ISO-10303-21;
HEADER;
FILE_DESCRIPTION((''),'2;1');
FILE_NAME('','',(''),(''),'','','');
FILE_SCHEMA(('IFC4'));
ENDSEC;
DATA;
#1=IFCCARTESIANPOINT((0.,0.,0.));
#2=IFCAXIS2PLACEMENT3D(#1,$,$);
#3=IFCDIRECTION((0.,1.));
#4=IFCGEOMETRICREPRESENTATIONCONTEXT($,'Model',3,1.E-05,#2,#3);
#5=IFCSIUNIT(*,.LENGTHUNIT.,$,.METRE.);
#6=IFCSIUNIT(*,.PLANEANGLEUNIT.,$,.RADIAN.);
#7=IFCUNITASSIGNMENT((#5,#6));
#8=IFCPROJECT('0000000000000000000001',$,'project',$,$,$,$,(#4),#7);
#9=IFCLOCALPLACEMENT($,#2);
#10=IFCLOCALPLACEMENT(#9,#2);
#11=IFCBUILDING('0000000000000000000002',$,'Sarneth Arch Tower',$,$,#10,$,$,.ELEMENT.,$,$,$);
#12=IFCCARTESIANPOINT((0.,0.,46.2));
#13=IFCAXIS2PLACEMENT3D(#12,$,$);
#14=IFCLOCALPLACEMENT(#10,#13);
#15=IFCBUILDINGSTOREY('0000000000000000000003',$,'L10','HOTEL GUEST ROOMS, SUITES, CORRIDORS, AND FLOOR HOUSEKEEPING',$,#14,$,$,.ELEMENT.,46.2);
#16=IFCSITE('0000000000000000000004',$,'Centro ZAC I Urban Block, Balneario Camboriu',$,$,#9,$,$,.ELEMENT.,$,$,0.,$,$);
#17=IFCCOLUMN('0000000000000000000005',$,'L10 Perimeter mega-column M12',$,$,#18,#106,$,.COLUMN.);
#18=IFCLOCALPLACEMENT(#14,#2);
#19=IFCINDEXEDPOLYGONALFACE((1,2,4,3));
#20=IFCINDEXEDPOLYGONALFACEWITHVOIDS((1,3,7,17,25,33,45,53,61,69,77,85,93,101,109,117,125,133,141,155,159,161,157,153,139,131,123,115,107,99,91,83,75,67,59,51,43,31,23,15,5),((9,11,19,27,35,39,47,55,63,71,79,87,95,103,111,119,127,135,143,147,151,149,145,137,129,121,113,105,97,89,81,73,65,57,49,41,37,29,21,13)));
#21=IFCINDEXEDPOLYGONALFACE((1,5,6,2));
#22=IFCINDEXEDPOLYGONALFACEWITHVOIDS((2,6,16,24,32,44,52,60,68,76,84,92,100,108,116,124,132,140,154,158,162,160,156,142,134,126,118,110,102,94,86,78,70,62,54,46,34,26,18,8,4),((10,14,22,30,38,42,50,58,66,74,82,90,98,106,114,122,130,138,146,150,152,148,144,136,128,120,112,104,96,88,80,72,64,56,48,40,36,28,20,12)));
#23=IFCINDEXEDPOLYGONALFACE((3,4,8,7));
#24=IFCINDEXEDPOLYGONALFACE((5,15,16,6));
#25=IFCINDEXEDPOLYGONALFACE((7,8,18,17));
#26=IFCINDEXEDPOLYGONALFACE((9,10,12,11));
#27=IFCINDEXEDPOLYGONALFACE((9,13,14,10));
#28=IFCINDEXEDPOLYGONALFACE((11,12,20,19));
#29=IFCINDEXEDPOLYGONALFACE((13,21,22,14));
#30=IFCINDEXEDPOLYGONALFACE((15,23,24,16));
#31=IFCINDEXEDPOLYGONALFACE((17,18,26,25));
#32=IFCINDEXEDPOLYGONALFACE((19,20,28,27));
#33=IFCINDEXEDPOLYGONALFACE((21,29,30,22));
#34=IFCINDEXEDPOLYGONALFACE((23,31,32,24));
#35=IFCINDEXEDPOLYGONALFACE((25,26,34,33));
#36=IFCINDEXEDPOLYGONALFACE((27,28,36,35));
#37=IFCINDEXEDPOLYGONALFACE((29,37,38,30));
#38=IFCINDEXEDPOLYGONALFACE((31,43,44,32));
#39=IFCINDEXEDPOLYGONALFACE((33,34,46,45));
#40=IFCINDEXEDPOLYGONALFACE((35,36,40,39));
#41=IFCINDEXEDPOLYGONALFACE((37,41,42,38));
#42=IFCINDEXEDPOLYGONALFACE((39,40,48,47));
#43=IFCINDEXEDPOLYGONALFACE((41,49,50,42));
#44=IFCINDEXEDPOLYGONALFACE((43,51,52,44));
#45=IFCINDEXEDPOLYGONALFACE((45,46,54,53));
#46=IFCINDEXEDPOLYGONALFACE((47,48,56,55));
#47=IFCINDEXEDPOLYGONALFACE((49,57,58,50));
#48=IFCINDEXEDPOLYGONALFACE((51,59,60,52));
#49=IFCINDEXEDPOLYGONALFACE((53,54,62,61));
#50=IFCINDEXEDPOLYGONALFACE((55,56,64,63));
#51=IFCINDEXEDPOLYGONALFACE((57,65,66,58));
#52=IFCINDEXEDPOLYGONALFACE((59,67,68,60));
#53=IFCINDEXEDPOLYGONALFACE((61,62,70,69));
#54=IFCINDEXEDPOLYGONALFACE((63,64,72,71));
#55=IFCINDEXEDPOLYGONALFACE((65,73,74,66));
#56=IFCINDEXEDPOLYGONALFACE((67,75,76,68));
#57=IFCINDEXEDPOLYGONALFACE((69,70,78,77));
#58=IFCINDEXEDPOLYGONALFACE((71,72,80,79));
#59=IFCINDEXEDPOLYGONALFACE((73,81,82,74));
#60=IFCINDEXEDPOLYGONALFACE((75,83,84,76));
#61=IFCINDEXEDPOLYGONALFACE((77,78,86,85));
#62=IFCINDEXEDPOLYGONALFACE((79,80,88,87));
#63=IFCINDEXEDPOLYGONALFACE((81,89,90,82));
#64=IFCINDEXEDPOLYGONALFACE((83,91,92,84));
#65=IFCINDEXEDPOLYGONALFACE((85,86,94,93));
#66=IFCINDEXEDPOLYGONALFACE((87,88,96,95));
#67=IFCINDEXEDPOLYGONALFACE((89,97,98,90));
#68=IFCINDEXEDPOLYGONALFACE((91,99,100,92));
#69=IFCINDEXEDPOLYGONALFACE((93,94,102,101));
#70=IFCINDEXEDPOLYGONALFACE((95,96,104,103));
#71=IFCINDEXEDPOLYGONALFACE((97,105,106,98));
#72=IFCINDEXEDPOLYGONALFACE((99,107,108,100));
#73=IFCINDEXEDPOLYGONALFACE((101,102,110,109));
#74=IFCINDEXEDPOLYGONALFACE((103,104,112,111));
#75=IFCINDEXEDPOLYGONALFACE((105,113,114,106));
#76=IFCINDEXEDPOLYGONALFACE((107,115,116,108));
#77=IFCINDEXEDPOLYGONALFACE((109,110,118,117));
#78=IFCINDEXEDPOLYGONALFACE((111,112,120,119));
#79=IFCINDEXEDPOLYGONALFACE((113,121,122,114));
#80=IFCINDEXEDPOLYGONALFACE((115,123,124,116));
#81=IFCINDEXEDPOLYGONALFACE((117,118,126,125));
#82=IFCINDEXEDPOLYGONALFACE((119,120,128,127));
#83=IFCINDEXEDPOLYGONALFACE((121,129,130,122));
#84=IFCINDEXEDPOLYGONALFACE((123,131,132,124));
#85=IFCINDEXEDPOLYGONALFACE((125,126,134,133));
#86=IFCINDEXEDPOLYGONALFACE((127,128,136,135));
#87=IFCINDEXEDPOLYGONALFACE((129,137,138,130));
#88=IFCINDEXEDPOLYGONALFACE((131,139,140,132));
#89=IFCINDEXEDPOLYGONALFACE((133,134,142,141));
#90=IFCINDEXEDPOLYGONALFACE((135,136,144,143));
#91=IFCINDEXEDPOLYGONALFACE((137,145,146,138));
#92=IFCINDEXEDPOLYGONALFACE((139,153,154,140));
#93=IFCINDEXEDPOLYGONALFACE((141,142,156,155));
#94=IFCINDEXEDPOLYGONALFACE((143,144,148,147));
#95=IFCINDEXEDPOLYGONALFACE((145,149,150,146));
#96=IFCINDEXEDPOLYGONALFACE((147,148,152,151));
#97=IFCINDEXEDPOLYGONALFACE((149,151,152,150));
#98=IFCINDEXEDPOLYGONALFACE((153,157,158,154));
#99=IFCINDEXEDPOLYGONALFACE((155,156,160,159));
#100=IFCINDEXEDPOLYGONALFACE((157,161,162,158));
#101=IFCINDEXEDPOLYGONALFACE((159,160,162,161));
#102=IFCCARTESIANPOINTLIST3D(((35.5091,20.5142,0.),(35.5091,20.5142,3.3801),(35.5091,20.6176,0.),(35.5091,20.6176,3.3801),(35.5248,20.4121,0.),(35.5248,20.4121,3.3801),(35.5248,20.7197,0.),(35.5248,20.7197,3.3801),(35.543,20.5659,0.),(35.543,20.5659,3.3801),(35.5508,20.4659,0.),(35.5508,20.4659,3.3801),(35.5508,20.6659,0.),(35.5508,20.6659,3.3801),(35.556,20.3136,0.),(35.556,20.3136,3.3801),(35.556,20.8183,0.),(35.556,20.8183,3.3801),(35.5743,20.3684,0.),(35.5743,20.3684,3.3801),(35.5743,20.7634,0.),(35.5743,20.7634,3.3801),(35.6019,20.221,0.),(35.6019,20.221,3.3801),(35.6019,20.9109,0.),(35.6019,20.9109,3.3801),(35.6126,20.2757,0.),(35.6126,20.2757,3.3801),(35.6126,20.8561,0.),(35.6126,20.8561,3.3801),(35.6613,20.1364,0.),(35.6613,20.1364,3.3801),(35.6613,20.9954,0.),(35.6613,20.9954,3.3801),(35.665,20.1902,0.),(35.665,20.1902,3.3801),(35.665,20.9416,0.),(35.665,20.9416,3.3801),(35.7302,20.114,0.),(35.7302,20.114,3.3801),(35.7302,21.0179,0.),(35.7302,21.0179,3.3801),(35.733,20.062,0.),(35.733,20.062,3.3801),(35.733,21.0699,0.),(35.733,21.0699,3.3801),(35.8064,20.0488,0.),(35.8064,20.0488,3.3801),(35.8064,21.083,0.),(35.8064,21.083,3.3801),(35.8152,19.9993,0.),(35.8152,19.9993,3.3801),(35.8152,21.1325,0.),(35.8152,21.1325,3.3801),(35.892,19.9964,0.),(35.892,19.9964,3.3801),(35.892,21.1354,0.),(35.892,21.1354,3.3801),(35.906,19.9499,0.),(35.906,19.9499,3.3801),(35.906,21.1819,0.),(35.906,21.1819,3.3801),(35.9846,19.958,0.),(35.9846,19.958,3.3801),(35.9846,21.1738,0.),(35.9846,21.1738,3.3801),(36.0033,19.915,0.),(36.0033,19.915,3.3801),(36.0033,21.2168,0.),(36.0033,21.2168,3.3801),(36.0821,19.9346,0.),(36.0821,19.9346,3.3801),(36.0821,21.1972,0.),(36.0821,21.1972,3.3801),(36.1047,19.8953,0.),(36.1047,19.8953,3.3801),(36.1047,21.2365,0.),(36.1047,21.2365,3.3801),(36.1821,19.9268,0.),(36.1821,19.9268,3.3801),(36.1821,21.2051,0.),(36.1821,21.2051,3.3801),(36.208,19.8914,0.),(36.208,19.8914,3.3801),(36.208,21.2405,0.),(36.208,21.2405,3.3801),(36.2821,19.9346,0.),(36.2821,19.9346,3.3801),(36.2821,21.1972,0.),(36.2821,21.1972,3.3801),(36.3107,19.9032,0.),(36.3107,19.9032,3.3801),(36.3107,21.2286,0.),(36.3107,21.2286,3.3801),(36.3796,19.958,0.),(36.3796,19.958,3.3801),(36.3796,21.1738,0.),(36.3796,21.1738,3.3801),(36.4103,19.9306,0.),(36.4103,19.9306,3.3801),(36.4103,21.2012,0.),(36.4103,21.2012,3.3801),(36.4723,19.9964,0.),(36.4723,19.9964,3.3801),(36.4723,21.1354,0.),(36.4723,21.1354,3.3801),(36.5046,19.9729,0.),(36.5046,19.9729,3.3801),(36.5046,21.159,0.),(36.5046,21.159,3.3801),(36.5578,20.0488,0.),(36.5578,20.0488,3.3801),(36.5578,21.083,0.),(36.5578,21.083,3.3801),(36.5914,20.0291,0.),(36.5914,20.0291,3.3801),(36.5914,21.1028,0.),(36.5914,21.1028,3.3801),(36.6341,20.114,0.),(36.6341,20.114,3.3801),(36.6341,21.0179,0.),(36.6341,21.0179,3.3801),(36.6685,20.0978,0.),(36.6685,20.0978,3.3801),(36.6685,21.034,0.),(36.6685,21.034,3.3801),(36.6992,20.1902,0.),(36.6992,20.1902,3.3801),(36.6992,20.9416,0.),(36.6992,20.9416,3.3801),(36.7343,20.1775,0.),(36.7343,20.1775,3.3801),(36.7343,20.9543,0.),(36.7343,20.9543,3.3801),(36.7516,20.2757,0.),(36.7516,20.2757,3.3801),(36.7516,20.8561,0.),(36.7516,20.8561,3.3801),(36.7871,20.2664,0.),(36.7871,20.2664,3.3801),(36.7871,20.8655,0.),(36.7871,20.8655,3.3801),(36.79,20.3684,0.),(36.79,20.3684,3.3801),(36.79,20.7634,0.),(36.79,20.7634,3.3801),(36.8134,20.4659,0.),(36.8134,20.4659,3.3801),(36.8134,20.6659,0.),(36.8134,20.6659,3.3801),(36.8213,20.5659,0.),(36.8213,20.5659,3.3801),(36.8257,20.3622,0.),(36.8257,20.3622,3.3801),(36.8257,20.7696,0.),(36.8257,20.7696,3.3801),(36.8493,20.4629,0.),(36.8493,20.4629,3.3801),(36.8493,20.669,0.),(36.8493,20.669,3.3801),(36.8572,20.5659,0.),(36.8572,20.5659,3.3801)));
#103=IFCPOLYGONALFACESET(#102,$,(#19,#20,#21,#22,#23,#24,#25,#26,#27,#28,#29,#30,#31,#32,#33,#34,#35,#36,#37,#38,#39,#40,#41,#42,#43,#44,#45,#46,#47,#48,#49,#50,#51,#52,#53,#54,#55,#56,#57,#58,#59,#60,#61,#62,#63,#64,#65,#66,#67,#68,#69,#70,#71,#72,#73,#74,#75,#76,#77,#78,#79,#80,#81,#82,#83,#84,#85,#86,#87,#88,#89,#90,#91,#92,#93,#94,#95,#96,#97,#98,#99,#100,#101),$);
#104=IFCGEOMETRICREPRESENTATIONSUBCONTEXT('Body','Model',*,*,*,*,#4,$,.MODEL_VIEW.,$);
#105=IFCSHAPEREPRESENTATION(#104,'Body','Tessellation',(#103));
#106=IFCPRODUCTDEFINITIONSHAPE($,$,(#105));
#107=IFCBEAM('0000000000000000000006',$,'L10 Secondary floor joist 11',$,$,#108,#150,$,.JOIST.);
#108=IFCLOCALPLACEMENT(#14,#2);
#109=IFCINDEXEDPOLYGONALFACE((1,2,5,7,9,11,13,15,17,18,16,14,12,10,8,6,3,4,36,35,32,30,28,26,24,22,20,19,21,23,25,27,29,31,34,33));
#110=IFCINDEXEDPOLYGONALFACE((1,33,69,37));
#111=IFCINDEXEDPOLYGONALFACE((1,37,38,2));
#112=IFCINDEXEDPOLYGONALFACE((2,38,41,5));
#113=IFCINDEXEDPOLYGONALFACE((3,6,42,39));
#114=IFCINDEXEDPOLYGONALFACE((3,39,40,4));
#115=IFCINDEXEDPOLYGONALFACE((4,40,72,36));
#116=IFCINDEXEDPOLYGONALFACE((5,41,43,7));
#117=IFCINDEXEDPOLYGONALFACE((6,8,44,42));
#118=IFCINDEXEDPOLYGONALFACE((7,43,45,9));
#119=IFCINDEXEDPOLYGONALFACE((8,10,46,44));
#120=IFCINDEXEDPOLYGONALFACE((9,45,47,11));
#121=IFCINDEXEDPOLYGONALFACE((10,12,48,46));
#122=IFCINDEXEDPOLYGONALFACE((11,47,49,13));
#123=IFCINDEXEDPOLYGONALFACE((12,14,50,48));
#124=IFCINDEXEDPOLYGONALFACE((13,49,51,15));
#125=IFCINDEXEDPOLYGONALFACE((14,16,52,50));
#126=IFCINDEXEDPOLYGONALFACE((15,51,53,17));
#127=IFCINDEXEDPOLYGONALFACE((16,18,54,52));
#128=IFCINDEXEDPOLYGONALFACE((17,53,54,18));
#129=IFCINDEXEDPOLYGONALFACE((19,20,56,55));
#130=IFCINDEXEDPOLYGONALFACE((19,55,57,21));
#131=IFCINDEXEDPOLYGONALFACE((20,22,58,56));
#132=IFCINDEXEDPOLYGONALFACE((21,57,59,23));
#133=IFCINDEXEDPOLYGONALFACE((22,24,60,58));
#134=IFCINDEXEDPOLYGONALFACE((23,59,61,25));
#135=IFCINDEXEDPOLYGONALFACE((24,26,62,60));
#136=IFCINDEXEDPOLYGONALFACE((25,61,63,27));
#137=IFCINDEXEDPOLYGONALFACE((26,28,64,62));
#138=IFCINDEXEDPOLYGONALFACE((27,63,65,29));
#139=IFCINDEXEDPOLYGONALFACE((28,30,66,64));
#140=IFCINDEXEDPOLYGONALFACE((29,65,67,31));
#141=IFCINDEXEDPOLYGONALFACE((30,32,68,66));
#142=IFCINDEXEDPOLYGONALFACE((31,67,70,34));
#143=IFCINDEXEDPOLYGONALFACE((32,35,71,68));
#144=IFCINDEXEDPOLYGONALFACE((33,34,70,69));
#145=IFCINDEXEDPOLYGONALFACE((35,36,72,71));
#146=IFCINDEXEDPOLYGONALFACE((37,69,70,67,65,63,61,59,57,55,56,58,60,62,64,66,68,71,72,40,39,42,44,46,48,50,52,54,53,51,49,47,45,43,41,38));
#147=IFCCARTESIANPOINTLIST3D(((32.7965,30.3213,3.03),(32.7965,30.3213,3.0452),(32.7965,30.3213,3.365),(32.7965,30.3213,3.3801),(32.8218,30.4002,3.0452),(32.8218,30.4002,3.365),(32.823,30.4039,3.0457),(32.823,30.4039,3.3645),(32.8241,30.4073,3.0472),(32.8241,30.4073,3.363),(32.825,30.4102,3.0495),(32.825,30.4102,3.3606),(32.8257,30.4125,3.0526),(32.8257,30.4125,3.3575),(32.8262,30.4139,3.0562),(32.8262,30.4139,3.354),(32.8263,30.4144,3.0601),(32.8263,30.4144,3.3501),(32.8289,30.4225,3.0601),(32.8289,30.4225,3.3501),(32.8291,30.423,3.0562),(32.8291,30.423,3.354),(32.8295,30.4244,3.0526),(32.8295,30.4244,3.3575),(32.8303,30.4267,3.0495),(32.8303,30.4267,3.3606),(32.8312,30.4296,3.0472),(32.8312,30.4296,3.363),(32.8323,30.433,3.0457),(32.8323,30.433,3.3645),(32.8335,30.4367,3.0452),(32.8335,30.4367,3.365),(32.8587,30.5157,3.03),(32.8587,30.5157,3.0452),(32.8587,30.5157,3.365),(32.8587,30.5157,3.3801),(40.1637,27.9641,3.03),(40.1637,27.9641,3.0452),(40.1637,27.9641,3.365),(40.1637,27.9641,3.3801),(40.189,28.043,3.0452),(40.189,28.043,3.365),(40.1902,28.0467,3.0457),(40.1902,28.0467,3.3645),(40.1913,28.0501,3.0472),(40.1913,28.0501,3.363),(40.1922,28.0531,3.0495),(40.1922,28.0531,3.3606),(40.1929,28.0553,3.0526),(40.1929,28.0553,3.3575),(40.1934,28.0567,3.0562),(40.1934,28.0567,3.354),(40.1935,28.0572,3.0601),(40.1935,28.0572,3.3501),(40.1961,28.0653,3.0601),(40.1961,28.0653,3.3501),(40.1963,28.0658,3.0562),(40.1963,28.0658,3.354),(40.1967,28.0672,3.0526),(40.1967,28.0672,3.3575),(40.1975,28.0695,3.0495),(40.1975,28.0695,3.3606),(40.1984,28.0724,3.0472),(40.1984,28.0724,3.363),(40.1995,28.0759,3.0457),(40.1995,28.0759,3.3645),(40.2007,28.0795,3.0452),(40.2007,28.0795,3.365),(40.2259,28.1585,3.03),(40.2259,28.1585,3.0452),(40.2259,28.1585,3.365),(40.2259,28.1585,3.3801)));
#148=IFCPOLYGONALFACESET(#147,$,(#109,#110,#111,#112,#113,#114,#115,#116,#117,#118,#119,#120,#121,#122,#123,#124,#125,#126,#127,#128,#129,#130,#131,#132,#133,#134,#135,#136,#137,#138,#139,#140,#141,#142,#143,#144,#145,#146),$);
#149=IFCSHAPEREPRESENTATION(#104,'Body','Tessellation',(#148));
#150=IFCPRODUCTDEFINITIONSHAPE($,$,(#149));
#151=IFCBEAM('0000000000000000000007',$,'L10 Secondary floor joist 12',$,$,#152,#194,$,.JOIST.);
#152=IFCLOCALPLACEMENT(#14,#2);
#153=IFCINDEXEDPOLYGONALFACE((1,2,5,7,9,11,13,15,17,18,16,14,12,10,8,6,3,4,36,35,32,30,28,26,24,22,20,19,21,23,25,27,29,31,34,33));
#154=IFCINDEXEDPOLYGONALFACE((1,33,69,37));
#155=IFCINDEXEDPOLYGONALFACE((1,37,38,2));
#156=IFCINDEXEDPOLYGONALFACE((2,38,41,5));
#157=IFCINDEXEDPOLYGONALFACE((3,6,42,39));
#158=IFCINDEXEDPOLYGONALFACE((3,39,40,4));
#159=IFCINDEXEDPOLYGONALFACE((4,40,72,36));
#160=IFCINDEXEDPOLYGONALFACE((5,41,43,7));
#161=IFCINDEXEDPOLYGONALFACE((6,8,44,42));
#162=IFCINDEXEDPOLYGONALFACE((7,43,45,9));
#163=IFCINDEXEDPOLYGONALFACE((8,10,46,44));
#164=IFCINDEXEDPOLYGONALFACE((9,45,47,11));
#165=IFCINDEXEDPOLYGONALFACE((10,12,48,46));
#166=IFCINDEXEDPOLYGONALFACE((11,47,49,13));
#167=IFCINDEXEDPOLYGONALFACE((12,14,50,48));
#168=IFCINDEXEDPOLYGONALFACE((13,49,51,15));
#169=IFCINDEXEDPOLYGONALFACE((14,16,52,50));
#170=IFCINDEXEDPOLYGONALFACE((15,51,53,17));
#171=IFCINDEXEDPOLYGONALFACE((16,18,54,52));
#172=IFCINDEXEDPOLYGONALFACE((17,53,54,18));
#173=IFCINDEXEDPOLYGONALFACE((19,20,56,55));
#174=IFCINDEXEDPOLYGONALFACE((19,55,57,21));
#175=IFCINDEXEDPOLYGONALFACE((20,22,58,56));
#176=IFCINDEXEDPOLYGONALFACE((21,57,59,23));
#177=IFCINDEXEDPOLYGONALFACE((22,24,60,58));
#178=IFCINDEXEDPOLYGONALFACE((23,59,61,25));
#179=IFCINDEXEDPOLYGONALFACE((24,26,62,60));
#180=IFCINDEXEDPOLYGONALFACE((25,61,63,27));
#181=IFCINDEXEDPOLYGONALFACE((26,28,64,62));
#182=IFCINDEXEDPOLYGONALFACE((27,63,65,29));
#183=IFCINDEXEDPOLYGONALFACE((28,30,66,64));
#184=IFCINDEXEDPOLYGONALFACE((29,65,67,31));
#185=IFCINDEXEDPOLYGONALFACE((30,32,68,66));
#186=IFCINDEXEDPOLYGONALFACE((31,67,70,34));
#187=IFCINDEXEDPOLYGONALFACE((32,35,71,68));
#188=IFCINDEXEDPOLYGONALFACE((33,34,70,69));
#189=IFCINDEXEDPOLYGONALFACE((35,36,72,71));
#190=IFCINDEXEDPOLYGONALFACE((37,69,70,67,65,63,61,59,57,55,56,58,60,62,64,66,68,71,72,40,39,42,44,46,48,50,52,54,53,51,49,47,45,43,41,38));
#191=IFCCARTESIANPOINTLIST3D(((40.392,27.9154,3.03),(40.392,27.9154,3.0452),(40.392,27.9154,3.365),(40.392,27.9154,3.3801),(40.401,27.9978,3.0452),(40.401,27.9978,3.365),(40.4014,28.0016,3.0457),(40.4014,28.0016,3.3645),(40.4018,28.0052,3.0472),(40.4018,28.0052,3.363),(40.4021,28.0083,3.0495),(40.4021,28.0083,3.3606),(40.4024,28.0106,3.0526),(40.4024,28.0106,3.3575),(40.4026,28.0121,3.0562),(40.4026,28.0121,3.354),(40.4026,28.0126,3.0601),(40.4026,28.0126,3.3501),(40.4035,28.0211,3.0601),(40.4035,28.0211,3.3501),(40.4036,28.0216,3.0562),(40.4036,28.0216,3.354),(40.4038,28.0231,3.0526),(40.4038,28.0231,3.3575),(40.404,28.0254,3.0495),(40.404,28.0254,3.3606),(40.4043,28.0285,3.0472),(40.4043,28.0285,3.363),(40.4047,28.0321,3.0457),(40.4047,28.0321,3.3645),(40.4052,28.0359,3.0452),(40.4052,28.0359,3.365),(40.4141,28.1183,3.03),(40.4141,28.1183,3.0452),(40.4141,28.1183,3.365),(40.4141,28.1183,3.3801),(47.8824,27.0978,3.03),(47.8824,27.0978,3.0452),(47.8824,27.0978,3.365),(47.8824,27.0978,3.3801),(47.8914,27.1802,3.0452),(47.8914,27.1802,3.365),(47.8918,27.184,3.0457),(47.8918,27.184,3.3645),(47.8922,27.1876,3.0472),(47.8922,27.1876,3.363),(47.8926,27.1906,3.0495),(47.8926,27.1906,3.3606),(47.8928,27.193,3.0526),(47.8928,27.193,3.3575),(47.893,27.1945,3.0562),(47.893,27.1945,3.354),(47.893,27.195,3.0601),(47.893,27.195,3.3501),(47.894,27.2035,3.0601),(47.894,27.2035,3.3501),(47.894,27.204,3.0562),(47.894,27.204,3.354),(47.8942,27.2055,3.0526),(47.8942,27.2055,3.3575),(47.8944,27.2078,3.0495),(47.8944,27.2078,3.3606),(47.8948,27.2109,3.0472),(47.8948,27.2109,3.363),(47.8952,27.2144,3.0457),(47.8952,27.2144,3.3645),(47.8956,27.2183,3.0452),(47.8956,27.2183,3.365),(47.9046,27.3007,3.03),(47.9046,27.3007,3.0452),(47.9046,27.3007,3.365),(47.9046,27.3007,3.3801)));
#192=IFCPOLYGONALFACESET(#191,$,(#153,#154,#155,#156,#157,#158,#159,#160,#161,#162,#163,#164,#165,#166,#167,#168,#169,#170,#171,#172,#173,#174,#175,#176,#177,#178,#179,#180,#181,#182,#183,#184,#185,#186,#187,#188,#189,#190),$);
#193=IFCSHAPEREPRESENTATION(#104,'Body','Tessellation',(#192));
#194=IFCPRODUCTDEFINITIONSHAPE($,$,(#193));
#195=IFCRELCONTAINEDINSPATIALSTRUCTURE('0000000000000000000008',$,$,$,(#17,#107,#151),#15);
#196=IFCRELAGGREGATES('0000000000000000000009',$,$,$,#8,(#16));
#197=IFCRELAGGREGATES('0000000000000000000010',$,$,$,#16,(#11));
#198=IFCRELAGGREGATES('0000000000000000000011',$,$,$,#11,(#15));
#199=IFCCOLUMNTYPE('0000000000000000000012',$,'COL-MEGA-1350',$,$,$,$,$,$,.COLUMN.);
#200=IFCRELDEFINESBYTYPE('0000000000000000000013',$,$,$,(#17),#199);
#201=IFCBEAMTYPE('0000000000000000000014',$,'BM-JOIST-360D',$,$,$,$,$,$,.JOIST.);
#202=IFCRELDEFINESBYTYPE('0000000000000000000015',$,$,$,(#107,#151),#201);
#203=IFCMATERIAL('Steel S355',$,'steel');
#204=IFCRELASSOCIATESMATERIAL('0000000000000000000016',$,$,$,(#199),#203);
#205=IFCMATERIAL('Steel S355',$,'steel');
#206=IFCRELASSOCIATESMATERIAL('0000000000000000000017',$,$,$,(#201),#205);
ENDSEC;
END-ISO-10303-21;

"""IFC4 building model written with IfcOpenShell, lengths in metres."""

from ifc_helpers import new_model, si_unit, direction, frame, origin, origin_2d, place, context, subcontext, project, spatial, hollow_circle, i_section, extrude, material, material_profile, profile_set, type_object, element, save


model = new_model("IFC4")

# Units and contexts
model_context = context("Model", 3, precision=1e-05, world=origin(), true_north=direction((0.0, 1.0)))
body_context = subcontext(model_context, "Body", "Model", "MODEL_VIEW")
ifc_project = project(units=[si_unit("LENGTHUNIT", "METRE"), si_unit("PLANEANGLEUNIT", "RADIAN")], contexts=[model_context])

# Site, building, storey
site_placement = place(None, origin())
site = spatial("IfcSite", under=ifc_project, at=site_placement, Name="Centro ZAC I Urban Block, Balneario Camboriu", CompositionType="ELEMENT", RefElevation=0.0)
building_placement = place(site_placement, origin())
building = spatial("IfcBuilding", under=site, at=building_placement, Name="Sarneth Arch Tower", CompositionType="ELEMENT")
storey_placement = place(building_placement, frame((0.0, 0.0, 46.2)))
storey = spatial("IfcBuildingStorey", under=building, at=storey_placement, Name="L10", Description="HOTEL GUEST ROOMS, SUITES, CORRIDORS, AND FLOOR HOUSEKEEPING", CompositionType="ELEMENT", Elevation=46.2)

# Column
ifc_material_1 = material(Name="Steel S355", Category="steel")
ifc_material_profile_1 = material_profile(ifc_material_1, hollow_circle(Radius=0.675, WallThickness=0.0359, at=origin_2d()), Name="CHS1350x36")
ifc_profile_set_1 = profile_set([ifc_material_profile_1], Name="Steel S355")
column_type = type_object("IfcColumnType", Name="COL-MEGA-1350", PredefinedType="COLUMN", material=ifc_profile_set_1)
column_placement = place(storey_placement, frame((36.1821, 20.5659, 0.0), z_axis=(0.0, 0.0, 1.0), x_axis=(1.0, 0.0, 0.0)))
element("IfcColumn", 1, at=column_placement, inside=storey, type_object=column_type, Name="L10 Perimeter mega-column M12", PredefinedType="COLUMN", context=body_context, shape_type="SweptSolid", body=[
    extrude(hollow_circle(Radius=0.675, WallThickness=0.0359, at=origin_2d()), origin(), (0.0, 0.0, 1.0), 3.3801),
])

# Beams
ifc_material_2 = material(Name="Steel S355", Category="steel")
ifc_material_profile_2 = material_profile(ifc_material_2, i_section(OverallWidth=0.2041, OverallDepth=0.3501, WebThickness=0.0085, FlangeThickness=0.0151, FilletRadius=0.0149, at=origin_2d()), Name="W360x72")
ifc_profile_set_2 = profile_set([ifc_material_profile_2], Name="Steel S355")
beam_type_1 = type_object("IfcBeamType", Name="BM-JOIST-360D", PredefinedType="JOIST", material=ifc_profile_set_2)
beam_1_placement = place(storey_placement, frame((32.8276, 30.4185, 3.2051), z_axis=(0.952436, -0.304738, 0.0), x_axis=(0.304738, 0.952436, 0.0)))
element("IfcBeam", 2, at=beam_1_placement, inside=storey, type_object=beam_type_1, Name="L10 Secondary floor joist 11", PredefinedType="JOIST", context=body_context, shape_type="SweptSolid", body=[
    extrude(i_section(OverallWidth=0.2041, OverallDepth=0.3501, WebThickness=0.0085, FlangeThickness=0.0151, FilletRadius=0.0149, at=origin_2d()), origin(), (0.0, 0.0, 1.0), 7.7351),
])
beam_2_placement = place(storey_placement, frame((40.4031, 28.0168, 3.2051), z_axis=(0.994095, -0.108511, 0.0), x_axis=(0.108511, 0.994095, 0.0)))
element("IfcBeam", 3, at=beam_2_placement, inside=storey, type_object=beam_type_1, Name="L10 Secondary floor joist 12", PredefinedType="JOIST", context=body_context, shape_type="SweptSolid", body=[
    extrude(i_section(OverallWidth=0.2041, OverallDepth=0.3501, WebThickness=0.0085, FlangeThickness=0.0151, FilletRadius=0.0149, at=origin_2d()), origin(), (0.0, 0.0, 1.0), 7.5349),
])

save(model, "model.ifc")
